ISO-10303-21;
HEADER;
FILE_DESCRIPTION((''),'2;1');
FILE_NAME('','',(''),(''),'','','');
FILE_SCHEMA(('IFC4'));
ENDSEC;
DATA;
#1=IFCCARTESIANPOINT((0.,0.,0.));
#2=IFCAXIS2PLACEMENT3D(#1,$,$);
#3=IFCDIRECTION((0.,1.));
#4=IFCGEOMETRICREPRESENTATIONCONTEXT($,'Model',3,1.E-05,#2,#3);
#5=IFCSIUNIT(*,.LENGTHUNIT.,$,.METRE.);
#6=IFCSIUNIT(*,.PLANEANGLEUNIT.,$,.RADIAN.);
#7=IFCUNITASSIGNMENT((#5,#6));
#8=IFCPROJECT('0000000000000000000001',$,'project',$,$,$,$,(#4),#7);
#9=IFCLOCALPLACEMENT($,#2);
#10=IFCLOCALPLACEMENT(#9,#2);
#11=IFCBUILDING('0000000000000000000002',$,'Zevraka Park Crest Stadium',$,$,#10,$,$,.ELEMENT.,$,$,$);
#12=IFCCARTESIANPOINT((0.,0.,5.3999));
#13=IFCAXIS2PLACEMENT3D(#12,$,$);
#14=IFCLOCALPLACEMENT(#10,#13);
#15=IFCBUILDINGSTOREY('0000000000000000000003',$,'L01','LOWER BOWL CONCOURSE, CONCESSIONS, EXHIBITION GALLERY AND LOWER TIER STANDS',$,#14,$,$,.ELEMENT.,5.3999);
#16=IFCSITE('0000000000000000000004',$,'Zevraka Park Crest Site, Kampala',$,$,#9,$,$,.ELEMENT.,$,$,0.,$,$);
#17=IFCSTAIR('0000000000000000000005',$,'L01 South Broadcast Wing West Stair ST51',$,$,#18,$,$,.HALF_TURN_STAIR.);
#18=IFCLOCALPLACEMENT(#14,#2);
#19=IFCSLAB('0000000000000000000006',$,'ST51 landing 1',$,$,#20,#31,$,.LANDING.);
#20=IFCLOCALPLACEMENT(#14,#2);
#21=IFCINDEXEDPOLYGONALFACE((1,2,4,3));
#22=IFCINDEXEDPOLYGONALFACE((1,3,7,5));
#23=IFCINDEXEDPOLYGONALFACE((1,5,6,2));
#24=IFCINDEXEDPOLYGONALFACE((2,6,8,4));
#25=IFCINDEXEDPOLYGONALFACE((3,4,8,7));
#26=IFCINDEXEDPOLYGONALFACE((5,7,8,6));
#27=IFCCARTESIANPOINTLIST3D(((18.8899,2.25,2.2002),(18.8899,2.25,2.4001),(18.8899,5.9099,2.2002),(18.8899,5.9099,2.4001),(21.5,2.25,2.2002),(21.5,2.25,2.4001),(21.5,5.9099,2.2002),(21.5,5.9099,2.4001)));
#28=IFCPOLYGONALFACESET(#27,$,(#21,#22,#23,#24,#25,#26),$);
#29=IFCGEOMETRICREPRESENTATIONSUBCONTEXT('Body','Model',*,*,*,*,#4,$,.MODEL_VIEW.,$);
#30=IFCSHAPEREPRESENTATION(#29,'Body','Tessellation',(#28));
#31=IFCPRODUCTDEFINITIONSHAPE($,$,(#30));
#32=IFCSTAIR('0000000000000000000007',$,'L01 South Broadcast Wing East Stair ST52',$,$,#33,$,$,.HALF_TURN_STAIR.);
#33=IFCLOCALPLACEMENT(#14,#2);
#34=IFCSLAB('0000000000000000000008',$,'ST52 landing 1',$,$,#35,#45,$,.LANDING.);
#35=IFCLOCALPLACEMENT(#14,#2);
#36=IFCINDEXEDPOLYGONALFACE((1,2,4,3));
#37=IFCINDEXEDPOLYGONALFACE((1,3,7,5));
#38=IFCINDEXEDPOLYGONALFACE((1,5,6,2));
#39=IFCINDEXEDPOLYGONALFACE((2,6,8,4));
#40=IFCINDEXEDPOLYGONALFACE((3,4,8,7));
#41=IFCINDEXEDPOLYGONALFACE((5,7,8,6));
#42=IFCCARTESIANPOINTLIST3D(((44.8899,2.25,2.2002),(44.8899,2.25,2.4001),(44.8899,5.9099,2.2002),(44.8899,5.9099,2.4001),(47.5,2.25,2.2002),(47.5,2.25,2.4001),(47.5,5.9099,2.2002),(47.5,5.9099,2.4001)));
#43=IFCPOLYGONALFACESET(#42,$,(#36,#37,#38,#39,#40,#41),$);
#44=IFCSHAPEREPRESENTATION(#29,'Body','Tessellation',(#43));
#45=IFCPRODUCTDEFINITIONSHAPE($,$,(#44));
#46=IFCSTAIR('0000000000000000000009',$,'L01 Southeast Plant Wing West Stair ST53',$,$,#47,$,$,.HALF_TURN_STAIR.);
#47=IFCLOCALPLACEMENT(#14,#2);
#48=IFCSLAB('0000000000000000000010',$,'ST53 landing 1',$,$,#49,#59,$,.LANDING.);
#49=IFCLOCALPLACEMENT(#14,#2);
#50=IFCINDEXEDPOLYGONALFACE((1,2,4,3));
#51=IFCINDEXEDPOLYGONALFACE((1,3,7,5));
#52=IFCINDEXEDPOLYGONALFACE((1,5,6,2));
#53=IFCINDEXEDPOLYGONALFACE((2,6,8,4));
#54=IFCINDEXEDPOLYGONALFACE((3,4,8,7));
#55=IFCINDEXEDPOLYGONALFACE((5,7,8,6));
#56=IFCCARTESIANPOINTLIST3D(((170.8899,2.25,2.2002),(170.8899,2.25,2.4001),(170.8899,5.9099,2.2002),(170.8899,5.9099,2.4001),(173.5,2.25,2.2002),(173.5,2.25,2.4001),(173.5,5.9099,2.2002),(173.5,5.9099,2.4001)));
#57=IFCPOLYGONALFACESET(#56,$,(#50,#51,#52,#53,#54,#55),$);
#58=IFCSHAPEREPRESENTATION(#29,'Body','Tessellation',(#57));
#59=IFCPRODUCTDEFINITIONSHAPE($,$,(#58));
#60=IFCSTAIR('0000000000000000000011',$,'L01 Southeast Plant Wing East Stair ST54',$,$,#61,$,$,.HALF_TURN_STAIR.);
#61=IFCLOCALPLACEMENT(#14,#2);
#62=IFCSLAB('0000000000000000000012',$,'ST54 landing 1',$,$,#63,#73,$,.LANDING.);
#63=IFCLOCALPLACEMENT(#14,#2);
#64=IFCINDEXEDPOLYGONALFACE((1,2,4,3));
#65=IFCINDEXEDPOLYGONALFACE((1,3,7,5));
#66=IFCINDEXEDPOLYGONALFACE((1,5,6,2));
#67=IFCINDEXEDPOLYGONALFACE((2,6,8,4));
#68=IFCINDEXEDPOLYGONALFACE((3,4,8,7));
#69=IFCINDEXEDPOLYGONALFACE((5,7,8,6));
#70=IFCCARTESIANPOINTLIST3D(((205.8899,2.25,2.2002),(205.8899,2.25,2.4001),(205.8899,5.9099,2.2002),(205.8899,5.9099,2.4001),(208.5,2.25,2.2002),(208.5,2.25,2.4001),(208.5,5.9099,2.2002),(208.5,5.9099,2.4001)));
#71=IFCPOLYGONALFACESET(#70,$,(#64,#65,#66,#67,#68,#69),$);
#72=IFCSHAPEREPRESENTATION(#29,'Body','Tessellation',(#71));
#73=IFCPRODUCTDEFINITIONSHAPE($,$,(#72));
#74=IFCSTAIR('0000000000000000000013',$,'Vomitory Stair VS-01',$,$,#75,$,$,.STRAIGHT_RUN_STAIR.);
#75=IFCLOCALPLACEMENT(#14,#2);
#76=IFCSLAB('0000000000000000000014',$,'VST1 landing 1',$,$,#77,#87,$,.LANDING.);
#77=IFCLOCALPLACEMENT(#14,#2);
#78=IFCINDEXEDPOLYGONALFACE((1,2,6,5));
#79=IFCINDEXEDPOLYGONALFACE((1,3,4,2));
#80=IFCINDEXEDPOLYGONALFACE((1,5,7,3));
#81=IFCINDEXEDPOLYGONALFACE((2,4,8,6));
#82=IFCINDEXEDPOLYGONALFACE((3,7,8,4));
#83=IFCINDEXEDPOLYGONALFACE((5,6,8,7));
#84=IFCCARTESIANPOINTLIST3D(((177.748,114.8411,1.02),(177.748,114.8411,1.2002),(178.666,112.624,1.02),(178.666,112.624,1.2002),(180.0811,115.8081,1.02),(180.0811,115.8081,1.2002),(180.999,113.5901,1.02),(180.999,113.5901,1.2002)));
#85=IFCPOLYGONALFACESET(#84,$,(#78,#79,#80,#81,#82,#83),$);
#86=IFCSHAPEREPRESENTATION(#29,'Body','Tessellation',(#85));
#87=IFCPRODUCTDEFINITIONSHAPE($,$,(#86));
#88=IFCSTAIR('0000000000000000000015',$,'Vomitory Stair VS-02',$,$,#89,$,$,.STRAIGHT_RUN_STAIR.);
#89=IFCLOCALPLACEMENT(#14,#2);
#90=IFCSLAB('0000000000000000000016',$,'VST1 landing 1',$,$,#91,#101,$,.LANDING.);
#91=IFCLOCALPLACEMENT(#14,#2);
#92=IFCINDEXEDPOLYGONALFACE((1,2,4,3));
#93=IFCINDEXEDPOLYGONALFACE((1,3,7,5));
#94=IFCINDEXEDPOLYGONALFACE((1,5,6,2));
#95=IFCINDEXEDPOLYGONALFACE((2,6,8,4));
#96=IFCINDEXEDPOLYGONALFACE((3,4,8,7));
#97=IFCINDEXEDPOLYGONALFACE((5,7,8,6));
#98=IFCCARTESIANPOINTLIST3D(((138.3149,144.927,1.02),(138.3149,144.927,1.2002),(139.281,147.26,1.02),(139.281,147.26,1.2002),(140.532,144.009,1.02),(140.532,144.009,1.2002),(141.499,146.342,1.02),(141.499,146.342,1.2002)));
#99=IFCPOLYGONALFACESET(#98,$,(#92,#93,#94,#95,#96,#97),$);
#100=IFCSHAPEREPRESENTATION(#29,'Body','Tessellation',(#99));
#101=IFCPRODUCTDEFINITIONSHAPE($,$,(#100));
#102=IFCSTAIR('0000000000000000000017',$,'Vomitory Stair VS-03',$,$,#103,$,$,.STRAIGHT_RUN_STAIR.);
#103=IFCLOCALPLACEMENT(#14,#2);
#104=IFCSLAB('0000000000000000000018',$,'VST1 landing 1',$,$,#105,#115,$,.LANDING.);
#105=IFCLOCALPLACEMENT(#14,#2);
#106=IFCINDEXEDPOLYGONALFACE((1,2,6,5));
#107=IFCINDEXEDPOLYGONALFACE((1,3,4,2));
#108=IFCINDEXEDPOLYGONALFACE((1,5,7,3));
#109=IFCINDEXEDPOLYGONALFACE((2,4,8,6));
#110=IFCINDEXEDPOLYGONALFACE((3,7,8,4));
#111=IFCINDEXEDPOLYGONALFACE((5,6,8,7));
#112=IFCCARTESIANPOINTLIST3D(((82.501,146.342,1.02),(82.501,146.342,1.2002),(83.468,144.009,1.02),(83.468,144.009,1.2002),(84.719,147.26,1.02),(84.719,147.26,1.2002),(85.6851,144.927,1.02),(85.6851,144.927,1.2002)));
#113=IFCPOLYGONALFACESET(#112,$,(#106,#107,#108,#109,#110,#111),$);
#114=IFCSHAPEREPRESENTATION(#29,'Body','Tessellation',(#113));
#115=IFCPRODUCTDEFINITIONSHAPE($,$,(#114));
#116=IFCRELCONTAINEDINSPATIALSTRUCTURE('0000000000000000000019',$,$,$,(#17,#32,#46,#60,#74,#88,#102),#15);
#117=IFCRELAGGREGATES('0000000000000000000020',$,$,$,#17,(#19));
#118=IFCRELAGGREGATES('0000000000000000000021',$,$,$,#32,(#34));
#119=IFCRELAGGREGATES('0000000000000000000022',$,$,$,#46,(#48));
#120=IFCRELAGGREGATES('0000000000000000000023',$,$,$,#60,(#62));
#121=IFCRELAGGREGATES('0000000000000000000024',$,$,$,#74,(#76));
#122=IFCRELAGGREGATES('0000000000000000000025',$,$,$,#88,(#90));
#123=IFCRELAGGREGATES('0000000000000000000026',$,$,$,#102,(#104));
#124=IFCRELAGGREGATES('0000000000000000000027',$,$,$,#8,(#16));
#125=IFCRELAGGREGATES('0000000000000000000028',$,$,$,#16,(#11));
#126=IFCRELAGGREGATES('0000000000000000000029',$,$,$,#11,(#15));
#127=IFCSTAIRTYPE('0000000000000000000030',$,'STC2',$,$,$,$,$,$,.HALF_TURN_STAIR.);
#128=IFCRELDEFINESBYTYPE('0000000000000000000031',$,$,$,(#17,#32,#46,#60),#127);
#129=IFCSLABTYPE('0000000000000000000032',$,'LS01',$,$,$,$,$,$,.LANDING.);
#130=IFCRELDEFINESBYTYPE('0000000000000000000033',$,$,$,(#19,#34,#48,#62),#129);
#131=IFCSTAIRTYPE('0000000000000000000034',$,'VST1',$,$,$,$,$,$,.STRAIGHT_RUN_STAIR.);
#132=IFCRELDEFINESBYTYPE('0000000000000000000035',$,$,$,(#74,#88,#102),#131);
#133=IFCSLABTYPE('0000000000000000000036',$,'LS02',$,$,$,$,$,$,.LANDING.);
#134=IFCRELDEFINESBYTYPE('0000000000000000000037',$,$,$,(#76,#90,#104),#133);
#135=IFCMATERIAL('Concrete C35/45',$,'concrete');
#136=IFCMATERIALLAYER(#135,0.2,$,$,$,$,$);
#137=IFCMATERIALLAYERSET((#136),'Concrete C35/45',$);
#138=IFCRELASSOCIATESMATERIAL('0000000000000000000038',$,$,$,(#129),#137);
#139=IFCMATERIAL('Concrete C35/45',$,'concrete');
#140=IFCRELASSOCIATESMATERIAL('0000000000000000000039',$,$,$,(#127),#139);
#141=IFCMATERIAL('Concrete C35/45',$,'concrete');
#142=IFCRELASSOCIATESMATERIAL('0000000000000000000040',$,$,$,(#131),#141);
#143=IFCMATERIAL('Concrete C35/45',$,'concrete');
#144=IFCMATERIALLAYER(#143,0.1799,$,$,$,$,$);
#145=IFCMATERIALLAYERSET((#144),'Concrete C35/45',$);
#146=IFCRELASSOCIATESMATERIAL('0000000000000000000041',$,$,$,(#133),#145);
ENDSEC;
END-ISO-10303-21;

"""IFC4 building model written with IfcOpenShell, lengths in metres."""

from ifc_helpers import new_model, si_unit, direction, frame, origin, place, context, subcontext, project, spatial, polyline, outline, extrude, material, layer, layer_set, type_object, element, aggregate, save


model = new_model("IFC4")

# Units and contexts
model_context = context("Model", 3, precision=1e-05, world=origin(), true_north=direction((0.0, 1.0)))
body_context = subcontext(model_context, "Body", "Model", "MODEL_VIEW")
ifc_project = project(units=[si_unit("LENGTHUNIT", "METRE"), si_unit("PLANEANGLEUNIT", "RADIAN")], contexts=[model_context])

# Site, building, storey
site_placement = place(None, origin())
site = spatial("IfcSite", under=ifc_project, at=site_placement, Name="Zevraka Park Crest Site, Kampala", CompositionType="ELEMENT", RefElevation=0.0)
building_placement = place(site_placement, origin())
building = spatial("IfcBuilding", under=site, at=building_placement, Name="Zevraka Park Crest Stadium", CompositionType="ELEMENT")
storey_placement = place(building_placement, frame((0.0, 0.0, 5.3999)))
storey = spatial("IfcBuildingStorey", under=building, at=storey_placement, Name="L01", Description="LOWER BOWL CONCOURSE, CONCESSIONS, EXHIBITION GALLERY AND LOWER TIER STANDS", CompositionType="ELEMENT", Elevation=5.3999)

# Stairs, slabs
ifc_material_1 = material(Name="Concrete C35/45", Category="concrete")
ifc_layer_1 = layer(ifc_material_1, 0.2)
ifc_layer_set_1 = layer_set([ifc_layer_1], Name="Concrete C35/45")
slab_type_1 = type_object("IfcSlabType", Name="LS01", PredefinedType="LANDING", material=ifc_layer_set_1)
ifc_material_2 = material(Name="Concrete C35/45", Category="concrete")
stair_type_1 = type_object("IfcStairType", Name="STC2", PredefinedType="HALF_TURN_STAIR", material=ifc_material_2)
stair_1_placement = place(storey_placement, origin())
stair_1 = element("IfcStair", 1, at=stair_1_placement, inside=storey, type_object=stair_type_1, Name="L01 South Broadcast Wing West Stair ST51", PredefinedType="HALF_TURN_STAIR")
slab_1_placement = place(storey_placement, frame((0.0, 0.0, 2.2002)))
slab_1 = element("IfcSlab", 2, at=slab_1_placement, type_object=slab_type_1, Name="ST51 landing 1", PredefinedType="LANDING", context=body_context, shape_type="SweptSolid", body=[
    extrude(outline(polyline([(18.8899, 2.25), (21.5, 2.25), (21.5, 5.9099), (18.8899, 5.9099), (18.8899, 2.25)])), origin(), (0.0, 0.0, 1.0), 0.2),
])
aggregate(stair_1, [slab_1])
stair_2_placement = place(storey_placement, origin())
stair_2 = element("IfcStair", 3, at=stair_2_placement, inside=storey, type_object=stair_type_1, Name="L01 South Broadcast Wing East Stair ST52", PredefinedType="HALF_TURN_STAIR")
slab_2_placement = place(storey_placement, frame((0.0, 0.0, 2.2002)))
slab_2 = element("IfcSlab", 4, at=slab_2_placement, type_object=slab_type_1, Name="ST52 landing 1", PredefinedType="LANDING", context=body_context, shape_type="SweptSolid", body=[
    extrude(outline(polyline([(44.8899, 2.25), (47.5, 2.25), (47.5, 5.9099), (44.8899, 5.9099), (44.8899, 2.25)])), origin(), (0.0, 0.0, 1.0), 0.2),
])
aggregate(stair_2, [slab_2])
stair_3_placement = place(storey_placement, origin())
stair_3 = element("IfcStair", 5, at=stair_3_placement, inside=storey, type_object=stair_type_1, Name="L01 Southeast Plant Wing West Stair ST53", PredefinedType="HALF_TURN_STAIR")
slab_3_placement = place(storey_placement, frame((0.0, 0.0, 2.2002)))
slab_3 = element("IfcSlab", 6, at=slab_3_placement, type_object=slab_type_1, Name="ST53 landing 1", PredefinedType="LANDING", context=body_context, shape_type="SweptSolid", body=[
    extrude(outline(polyline([(170.8899, 2.25), (173.5, 2.25), (173.5, 5.9099), (170.8899, 5.9099), (170.8899, 2.25)])), origin(), (0.0, 0.0, 1.0), 0.2),
])
aggregate(stair_3, [slab_3])
stair_4_placement = place(storey_placement, origin())
stair_4 = element("IfcStair", 7, at=stair_4_placement, inside=storey, type_object=stair_type_1, Name="L01 Southeast Plant Wing East Stair ST54", PredefinedType="HALF_TURN_STAIR")
slab_4_placement = place(storey_placement, frame((0.0, 0.0, 2.2002)))
slab_4 = element("IfcSlab", 8, at=slab_4_placement, type_object=slab_type_1, Name="ST54 landing 1", PredefinedType="LANDING", context=body_context, shape_type="SweptSolid", body=[
    extrude(outline(polyline([(205.8899, 2.25), (208.5, 2.25), (208.5, 5.9099), (205.8899, 5.9099), (205.8899, 2.25)])), origin(), (0.0, 0.0, 1.0), 0.2),
])
aggregate(stair_4, [slab_4])
ifc_material_3 = material(Name="Concrete C35/45", Category="concrete")
stair_type_2 = type_object("IfcStairType", Name="VST1", PredefinedType="STRAIGHT_RUN_STAIR", material=ifc_material_3)
stair_5_placement = place(storey_placement, origin())
stair_5 = element("IfcStair", 9, at=stair_5_placement, inside=storey, type_object=stair_type_2, Name="Vomitory Stair VS-01", PredefinedType="STRAIGHT_RUN_STAIR")
ifc_material_4 = material(Name="Concrete C35/45", Category="concrete")
ifc_layer_2 = layer(ifc_material_4, 0.1799)
ifc_layer_set_2 = layer_set([ifc_layer_2], Name="Concrete C35/45")
slab_type_2 = type_object("IfcSlabType", Name="LS02", PredefinedType="LANDING", material=ifc_layer_set_2)
slab_5_placement = place(storey_placement, frame((0.0, 0.0, 1.02)))
slab_5 = element("IfcSlab", 10, at=slab_5_placement, type_object=slab_type_2, Name="VST1 landing 1", PredefinedType="LANDING", context=body_context, shape_type="SweptSolid", body=[
    extrude(outline(polyline([(180.0811, 115.8081), (177.748, 114.8411), (178.666, 112.624), (180.999, 113.5901), (180.0811, 115.8081)])), origin(), (0.0, 0.0, 1.0), 0.1802),
])
aggregate(stair_5, [slab_5])
stair_6_placement = place(storey_placement, origin())
stair_6 = element("IfcStair", 11, at=stair_6_placement, inside=storey, type_object=stair_type_2, Name="Vomitory Stair VS-02", PredefinedType="STRAIGHT_RUN_STAIR")
slab_6_placement = place(storey_placement, frame((0.0, 0.0, 1.02)))
slab_6 = element("IfcSlab", 12, at=slab_6_placement, type_object=slab_type_2, Name="VST1 landing 1", PredefinedType="LANDING", context=body_context, shape_type="SweptSolid", body=[
    extrude(outline(polyline([(139.281, 147.26), (138.3149, 144.927), (140.532, 144.009), (141.499, 146.342), (139.281, 147.26)])), origin(), (0.0, 0.0, 1.0), 0.1802),
])
aggregate(stair_6, [slab_6])
stair_7_placement = place(storey_placement, origin())
stair_7 = element("IfcStair", 13, at=stair_7_placement, inside=storey, type_object=stair_type_2, Name="Vomitory Stair VS-03", PredefinedType="STRAIGHT_RUN_STAIR")
slab_7_placement = place(storey_placement, frame((0.0, 0.0, 1.02)))
slab_7 = element("IfcSlab", 14, at=slab_7_placement, type_object=slab_type_2, Name="VST1 landing 1", PredefinedType="LANDING", context=body_context, shape_type="SweptSolid", body=[
    extrude(outline(polyline([(82.501, 146.342), (83.468, 144.009), (85.6851, 144.927), (84.719, 147.26), (82.501, 146.342)])), origin(), (0.0, 0.0, 1.0), 0.1802),
])
aggregate(stair_7, [slab_7])

save(model, "model.ifc")
